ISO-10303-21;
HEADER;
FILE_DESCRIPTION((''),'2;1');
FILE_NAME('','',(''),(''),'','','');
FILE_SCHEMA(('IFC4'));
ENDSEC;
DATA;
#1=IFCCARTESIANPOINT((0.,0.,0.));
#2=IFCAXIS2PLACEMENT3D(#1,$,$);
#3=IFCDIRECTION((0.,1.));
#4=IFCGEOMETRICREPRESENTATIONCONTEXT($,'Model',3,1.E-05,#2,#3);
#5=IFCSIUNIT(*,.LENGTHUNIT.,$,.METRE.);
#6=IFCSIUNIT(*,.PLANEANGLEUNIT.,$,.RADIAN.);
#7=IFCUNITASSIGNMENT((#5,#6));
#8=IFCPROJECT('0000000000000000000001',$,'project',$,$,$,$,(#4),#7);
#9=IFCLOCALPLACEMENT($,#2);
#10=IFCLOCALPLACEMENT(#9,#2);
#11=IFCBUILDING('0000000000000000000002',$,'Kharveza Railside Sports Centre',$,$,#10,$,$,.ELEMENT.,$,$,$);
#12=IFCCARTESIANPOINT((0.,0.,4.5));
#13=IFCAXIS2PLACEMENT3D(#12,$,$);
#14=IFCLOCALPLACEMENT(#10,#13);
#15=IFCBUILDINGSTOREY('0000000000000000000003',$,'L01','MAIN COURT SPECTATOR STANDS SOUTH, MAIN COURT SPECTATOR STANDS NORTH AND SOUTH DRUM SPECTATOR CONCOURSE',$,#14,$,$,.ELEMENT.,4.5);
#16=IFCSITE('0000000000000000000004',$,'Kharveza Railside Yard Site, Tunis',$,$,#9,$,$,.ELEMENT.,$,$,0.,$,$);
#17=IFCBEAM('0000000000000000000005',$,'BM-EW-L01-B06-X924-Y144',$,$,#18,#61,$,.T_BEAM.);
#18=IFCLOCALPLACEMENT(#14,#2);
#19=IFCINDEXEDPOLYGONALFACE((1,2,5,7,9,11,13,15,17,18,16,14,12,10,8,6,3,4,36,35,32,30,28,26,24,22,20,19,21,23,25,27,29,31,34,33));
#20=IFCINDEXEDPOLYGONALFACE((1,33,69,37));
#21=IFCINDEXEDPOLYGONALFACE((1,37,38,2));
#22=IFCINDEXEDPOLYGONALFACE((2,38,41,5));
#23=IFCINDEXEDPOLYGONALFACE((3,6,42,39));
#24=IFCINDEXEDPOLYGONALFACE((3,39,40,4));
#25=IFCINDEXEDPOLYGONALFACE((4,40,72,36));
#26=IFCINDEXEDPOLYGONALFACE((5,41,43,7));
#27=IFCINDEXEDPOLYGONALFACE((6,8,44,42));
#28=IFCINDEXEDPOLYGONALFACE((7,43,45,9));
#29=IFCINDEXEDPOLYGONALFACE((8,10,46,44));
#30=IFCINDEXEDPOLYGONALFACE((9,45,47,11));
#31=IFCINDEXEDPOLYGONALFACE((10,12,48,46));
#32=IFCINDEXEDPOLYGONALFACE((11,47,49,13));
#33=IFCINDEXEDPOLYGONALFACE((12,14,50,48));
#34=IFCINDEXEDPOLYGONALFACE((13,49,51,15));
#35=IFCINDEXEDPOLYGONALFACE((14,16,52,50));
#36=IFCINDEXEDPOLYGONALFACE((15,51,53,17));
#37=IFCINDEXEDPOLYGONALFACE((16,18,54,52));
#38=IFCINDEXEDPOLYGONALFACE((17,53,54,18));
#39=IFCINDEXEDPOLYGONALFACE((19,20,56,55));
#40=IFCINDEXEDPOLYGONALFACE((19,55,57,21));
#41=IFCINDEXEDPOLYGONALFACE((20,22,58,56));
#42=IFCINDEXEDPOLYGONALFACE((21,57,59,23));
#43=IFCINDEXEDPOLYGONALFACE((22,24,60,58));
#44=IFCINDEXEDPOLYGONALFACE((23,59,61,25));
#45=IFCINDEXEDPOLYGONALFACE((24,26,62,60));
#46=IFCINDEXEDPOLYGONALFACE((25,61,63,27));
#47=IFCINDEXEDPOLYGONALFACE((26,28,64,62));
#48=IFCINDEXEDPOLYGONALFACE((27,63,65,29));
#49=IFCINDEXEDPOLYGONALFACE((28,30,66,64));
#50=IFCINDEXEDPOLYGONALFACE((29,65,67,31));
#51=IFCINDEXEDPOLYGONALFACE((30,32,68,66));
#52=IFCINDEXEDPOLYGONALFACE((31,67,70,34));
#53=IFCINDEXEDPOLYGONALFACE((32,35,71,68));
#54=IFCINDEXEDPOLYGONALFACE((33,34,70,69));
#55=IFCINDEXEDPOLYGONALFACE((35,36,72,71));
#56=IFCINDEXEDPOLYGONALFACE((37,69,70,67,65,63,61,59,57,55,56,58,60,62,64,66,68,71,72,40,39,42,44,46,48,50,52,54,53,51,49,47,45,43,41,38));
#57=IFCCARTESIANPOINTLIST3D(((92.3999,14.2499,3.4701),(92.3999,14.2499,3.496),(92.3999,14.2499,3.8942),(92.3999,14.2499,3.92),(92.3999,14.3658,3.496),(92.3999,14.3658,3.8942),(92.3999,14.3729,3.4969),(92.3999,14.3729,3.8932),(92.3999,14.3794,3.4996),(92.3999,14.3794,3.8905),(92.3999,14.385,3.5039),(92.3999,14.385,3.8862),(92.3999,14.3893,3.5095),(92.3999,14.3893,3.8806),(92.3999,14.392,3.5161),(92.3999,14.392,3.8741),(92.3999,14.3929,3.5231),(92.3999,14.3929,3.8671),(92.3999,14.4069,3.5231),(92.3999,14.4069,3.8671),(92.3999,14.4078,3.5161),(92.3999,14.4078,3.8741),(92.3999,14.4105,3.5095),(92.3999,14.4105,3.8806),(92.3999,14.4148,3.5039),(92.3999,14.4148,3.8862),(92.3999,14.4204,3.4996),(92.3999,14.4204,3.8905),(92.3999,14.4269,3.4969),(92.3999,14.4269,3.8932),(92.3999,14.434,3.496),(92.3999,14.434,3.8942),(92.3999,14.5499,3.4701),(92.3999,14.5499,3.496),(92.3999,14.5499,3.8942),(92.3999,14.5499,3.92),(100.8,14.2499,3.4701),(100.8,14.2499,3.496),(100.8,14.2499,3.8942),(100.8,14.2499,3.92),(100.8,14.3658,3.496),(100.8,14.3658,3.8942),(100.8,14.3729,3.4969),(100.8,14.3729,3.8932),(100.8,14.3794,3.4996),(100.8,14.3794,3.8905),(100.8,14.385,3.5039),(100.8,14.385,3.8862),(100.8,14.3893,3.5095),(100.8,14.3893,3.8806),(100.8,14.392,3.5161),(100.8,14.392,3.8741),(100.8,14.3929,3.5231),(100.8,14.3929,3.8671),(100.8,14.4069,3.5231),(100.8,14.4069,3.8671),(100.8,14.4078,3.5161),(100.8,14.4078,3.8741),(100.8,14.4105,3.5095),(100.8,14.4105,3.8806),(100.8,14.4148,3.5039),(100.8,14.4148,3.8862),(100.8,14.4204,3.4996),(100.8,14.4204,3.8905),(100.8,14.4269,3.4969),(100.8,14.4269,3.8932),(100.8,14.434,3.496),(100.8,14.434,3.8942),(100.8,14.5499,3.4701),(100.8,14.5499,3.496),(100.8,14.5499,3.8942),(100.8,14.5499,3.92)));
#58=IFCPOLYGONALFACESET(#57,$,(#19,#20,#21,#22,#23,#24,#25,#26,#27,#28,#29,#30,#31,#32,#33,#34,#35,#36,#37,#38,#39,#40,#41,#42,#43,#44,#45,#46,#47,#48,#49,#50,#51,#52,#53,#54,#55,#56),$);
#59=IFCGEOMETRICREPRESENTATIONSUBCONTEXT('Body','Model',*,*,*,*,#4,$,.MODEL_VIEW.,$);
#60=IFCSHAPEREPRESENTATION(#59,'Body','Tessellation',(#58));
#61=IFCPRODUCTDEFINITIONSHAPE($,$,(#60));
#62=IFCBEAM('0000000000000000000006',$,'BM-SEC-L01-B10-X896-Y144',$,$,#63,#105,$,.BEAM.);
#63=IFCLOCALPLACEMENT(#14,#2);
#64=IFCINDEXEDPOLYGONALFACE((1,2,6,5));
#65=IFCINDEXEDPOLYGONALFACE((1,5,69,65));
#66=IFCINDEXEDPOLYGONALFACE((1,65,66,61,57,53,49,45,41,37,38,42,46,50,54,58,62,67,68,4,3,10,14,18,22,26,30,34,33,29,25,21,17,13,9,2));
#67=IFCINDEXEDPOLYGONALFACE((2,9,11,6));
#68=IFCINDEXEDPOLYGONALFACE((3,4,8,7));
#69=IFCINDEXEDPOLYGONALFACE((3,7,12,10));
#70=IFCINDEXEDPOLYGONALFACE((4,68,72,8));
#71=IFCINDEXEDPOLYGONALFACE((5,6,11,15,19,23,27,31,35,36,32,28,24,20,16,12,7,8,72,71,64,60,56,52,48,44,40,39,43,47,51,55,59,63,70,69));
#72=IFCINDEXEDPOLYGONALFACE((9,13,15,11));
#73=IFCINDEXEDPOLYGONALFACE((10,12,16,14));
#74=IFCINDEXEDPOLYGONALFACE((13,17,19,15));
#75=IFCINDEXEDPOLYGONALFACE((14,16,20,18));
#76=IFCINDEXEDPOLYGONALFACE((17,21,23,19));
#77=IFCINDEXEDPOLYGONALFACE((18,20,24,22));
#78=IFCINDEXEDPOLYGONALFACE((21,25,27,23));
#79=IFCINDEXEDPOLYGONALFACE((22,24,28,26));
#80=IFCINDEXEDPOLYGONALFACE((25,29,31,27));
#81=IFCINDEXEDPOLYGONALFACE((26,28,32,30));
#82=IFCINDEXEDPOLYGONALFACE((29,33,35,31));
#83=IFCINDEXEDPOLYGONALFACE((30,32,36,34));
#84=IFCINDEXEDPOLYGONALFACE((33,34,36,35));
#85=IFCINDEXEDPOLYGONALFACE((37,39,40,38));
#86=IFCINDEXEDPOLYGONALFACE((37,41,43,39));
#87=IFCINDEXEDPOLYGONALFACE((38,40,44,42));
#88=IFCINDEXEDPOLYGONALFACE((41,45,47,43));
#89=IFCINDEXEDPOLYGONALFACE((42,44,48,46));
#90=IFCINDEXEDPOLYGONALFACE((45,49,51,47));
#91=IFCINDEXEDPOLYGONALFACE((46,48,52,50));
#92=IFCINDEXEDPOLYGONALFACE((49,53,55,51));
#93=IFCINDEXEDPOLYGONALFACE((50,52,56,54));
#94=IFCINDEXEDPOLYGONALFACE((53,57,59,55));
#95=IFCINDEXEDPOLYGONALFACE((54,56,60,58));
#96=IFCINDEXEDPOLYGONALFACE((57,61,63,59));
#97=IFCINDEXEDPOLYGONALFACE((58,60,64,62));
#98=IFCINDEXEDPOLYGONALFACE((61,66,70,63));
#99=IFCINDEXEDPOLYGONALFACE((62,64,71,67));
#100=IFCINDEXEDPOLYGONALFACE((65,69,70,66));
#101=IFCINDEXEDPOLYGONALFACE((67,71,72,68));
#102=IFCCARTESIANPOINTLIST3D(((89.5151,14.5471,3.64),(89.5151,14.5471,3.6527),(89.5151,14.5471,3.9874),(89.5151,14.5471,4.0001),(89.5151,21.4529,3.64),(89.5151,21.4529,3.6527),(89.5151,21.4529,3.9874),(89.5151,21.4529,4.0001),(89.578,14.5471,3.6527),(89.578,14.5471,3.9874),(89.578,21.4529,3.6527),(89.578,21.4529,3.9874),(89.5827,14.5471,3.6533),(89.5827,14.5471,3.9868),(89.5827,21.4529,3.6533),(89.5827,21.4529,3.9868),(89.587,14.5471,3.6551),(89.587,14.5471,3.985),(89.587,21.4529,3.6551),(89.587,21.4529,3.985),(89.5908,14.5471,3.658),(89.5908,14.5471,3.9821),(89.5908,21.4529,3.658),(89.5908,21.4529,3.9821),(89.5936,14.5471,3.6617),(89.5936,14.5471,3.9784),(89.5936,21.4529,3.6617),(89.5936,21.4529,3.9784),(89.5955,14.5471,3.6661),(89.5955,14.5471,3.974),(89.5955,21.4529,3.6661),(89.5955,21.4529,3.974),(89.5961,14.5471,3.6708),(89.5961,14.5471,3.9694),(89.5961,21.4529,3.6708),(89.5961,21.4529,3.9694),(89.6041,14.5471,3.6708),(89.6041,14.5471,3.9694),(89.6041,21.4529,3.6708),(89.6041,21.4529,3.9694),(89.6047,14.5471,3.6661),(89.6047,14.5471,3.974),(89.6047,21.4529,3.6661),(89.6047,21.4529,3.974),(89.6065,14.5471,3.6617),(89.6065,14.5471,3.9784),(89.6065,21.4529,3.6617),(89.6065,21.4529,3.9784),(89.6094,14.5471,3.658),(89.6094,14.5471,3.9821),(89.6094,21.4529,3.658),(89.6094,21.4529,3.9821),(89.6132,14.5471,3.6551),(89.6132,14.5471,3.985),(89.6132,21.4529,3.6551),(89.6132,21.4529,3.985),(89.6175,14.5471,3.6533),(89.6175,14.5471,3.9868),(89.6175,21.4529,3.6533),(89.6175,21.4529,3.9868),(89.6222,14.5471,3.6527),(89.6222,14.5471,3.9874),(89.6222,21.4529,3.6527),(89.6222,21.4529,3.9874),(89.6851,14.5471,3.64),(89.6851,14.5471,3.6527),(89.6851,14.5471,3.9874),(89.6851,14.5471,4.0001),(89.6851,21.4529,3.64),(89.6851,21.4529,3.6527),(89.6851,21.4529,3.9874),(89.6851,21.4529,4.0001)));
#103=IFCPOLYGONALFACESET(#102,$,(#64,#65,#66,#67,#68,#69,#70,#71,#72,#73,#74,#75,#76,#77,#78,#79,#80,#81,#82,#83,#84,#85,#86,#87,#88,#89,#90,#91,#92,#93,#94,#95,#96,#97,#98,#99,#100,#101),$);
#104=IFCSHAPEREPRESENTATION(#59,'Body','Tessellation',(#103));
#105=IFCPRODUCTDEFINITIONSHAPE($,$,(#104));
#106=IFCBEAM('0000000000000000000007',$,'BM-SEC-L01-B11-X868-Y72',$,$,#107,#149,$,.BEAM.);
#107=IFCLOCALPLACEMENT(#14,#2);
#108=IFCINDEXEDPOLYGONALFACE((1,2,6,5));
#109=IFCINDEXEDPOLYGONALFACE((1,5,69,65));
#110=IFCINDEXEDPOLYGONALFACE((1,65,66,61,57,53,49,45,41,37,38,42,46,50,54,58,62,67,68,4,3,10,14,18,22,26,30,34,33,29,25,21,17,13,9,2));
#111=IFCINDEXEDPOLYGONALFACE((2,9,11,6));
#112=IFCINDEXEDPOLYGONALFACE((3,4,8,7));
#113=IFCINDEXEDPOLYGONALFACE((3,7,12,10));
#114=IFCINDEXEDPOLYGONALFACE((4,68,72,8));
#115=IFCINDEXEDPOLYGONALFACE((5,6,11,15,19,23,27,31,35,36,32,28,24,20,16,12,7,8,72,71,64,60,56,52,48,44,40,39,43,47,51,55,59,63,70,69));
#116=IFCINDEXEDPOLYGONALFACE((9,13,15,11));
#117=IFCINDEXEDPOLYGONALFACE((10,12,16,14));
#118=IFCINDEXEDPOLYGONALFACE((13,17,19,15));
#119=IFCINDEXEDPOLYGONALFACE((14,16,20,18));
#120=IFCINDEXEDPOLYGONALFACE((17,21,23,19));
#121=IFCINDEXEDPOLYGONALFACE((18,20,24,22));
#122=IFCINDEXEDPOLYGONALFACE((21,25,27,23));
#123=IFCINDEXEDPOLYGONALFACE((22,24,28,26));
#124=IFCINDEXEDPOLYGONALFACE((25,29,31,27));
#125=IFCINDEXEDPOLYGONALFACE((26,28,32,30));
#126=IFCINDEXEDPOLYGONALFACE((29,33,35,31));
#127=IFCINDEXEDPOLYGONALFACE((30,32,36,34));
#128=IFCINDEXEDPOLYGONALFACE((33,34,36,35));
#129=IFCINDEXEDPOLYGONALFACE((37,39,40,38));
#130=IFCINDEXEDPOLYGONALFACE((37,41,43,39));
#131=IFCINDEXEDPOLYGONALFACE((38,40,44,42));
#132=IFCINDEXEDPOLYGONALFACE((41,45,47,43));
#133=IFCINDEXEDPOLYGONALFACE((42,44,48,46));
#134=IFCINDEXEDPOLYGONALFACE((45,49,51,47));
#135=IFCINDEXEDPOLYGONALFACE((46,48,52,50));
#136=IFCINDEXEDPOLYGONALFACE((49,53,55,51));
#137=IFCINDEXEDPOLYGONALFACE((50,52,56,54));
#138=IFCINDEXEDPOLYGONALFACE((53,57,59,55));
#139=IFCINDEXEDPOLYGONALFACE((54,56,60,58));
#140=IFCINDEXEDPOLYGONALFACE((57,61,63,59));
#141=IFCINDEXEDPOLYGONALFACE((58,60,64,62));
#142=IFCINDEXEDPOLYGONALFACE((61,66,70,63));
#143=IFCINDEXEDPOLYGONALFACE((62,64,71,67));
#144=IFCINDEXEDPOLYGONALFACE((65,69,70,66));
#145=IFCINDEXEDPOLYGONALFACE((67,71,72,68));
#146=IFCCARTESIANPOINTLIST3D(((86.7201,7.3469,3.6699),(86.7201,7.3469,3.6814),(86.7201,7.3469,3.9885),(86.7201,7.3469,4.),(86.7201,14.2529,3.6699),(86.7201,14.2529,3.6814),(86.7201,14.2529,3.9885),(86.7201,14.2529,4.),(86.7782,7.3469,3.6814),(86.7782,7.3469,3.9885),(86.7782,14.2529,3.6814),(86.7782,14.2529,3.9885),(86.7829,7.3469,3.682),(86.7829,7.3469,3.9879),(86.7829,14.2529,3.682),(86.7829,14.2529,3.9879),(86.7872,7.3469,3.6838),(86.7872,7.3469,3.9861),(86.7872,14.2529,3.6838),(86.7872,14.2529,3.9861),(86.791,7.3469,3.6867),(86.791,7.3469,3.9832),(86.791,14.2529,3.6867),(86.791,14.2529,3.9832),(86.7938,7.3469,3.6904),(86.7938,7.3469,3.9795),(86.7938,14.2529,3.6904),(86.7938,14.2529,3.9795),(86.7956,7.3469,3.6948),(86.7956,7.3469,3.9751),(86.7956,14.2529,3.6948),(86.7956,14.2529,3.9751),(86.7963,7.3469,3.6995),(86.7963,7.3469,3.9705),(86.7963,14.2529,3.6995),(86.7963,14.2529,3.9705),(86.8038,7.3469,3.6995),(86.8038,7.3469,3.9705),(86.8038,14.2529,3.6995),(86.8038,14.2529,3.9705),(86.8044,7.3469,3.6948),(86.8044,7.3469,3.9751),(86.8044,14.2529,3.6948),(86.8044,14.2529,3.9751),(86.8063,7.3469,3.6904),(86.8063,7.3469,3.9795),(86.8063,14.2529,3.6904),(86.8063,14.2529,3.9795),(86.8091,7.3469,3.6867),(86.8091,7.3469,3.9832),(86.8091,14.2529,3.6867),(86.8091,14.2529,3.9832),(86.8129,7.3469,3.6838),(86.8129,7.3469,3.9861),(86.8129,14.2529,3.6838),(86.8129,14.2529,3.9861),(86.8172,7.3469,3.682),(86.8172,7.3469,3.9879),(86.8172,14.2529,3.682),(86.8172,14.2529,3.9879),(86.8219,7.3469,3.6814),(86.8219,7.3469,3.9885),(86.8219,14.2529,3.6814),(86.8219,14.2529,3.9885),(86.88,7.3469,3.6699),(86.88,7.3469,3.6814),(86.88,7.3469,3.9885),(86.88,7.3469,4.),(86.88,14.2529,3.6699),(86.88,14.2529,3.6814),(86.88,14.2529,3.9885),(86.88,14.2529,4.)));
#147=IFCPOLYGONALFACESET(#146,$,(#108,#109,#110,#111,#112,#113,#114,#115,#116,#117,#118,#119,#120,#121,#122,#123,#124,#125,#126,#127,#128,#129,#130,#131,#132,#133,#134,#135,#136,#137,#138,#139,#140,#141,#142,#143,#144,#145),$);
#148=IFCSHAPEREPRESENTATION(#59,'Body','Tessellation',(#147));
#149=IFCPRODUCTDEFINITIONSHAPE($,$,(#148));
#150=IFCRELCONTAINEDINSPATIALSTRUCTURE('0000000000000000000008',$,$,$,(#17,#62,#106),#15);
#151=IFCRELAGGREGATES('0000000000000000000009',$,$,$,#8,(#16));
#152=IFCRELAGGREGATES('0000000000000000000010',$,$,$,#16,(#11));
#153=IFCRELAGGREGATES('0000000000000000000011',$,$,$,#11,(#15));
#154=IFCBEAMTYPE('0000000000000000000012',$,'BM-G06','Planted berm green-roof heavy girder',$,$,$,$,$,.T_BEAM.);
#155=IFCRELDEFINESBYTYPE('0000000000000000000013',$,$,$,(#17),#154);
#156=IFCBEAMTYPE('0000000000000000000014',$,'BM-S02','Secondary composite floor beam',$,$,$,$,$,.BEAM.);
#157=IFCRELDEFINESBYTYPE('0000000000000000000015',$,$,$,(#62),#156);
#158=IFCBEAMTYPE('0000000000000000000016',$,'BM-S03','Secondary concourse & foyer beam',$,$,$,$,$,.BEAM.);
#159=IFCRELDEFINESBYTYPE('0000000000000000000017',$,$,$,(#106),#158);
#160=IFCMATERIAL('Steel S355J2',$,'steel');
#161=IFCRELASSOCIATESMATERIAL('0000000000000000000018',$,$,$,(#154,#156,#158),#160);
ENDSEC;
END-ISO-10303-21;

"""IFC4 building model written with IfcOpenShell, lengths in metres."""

from ifc_helpers import new_model, si_unit, direction, frame, origin, origin_2d, place, context, subcontext, project, spatial, i_section, extrude, material, material_profile, profile_set, type_object, element, save


model = new_model("IFC4")

# Units and contexts
model_context = context("Model", 3, precision=1e-05, world=origin(), true_north=direction((0.0, 1.0)))
body_context = subcontext(model_context, "Body", "Model", "MODEL_VIEW")
ifc_project = project(units=[si_unit("LENGTHUNIT", "METRE"), si_unit("PLANEANGLEUNIT", "RADIAN")], contexts=[model_context])

# Site, building, storey
site_placement = place(None, origin())
site = spatial("IfcSite", under=ifc_project, at=site_placement, Name="Kharveza Railside Yard Site, Tunis", CompositionType="ELEMENT", RefElevation=0.0)
building_placement = place(site_placement, origin())
building = spatial("IfcBuilding", under=site, at=building_placement, Name="Kharveza Railside Sports Centre", CompositionType="ELEMENT")
storey_placement = place(building_placement, frame((0.0, 0.0, 4.5)))
storey = spatial("IfcBuildingStorey", under=building, at=storey_placement, Name="L01", Description="MAIN COURT SPECTATOR STANDS SOUTH, MAIN COURT SPECTATOR STANDS NORTH AND SOUTH DRUM SPECTATOR CONCOURSE", CompositionType="ELEMENT", Elevation=4.5)

# Shared definitions
ifc_material_1 = material(Name="Steel S355J2", Category="steel")

# Beams
ifc_material_profile_1 = material_profile(ifc_material_1, i_section(OverallWidth=0.3, OverallDepth=0.45, WebThickness=0.0139, FlangeThickness=0.0259, FilletRadius=0.0271, at=origin_2d()), Name="HEB 450")
ifc_profile_set_1 = profile_set([ifc_material_profile_1], Name="Steel S355J2")
beam_type_1 = type_object("IfcBeamType", Name="BM-G06", Description="Planted berm green-roof heavy girder", PredefinedType="T_BEAM", material=ifc_profile_set_1)
beam_1_placement = place(storey_placement, frame((92.3999, 14.3999, 3.6951), z_axis=(1.0, 0.0, 0.0), x_axis=(0.0, 1.0, 0.0)))
element("IfcBeam", 1, at=beam_1_placement, inside=storey, type_object=beam_type_1, Name="BM-EW-L01-B06-X924-Y144", PredefinedType="T_BEAM", context=body_context, shape_type="SweptSolid", body=[
    extrude(i_section(OverallWidth=0.3, OverallDepth=0.45, WebThickness=0.0139, FlangeThickness=0.0259, FilletRadius=0.0271, at=origin_2d()), origin(), (0.0, 0.0, 1.0), 8.4001),
])
ifc_material_profile_2 = material_profile(ifc_material_1, i_section(OverallWidth=0.1699, OverallDepth=0.3601, WebThickness=0.0081, FlangeThickness=0.0127, FilletRadius=0.0181, at=origin_2d()), Name="IPE 360")
ifc_profile_set_2 = profile_set([ifc_material_profile_2], Name="Steel S355J2")
beam_type_2 = type_object("IfcBeamType", Name="BM-S02", Description="Secondary composite floor beam", PredefinedType="BEAM", material=ifc_profile_set_2)
beam_2_placement = place(storey_placement, frame((89.6001, 14.5471, 3.8201), z_axis=(0.0, 1.0, 0.0), x_axis=(-1.0, 0.0, 0.0)))
element("IfcBeam", 2, at=beam_2_placement, inside=storey, type_object=beam_type_2, Name="BM-SEC-L01-B10-X896-Y144", PredefinedType="BEAM", context=body_context, shape_type="SweptSolid", body=[
    extrude(i_section(OverallWidth=0.1699, OverallDepth=0.3601, WebThickness=0.0081, FlangeThickness=0.0127, FilletRadius=0.0181, at=origin_2d()), origin(), (0.0, 0.0, 1.0), 6.9058),
])
ifc_material_profile_3 = material_profile(ifc_material_1, i_section(OverallWidth=0.1599, OverallDepth=0.3301, WebThickness=0.0076, FlangeThickness=0.0115, FilletRadius=0.0181, at=origin_2d()), Name="IPE 330")
ifc_profile_set_3 = profile_set([ifc_material_profile_3], Name="Steel S355J2")
beam_type_3 = type_object("IfcBeamType", Name="BM-S03", Description="Secondary concourse & foyer beam", PredefinedType="BEAM", material=ifc_profile_set_3)
beam_3_placement = place(storey_placement, frame((86.8, 7.3469, 3.835), z_axis=(0.0, 1.0, 0.0), x_axis=(-1.0, 0.0, 0.0)))
element("IfcBeam", 3, at=beam_3_placement, inside=storey, type_object=beam_type_3, Name="BM-SEC-L01-B11-X868-Y72", PredefinedType="BEAM", context=body_context, shape_type="SweptSolid", body=[
    extrude(i_section(OverallWidth=0.1599, OverallDepth=0.3301, WebThickness=0.0076, FlangeThickness=0.0115, FilletRadius=0.0181, at=origin_2d()), origin(), (0.0, 0.0, 1.0), 6.906),
])

save(model, "model.ifc")
